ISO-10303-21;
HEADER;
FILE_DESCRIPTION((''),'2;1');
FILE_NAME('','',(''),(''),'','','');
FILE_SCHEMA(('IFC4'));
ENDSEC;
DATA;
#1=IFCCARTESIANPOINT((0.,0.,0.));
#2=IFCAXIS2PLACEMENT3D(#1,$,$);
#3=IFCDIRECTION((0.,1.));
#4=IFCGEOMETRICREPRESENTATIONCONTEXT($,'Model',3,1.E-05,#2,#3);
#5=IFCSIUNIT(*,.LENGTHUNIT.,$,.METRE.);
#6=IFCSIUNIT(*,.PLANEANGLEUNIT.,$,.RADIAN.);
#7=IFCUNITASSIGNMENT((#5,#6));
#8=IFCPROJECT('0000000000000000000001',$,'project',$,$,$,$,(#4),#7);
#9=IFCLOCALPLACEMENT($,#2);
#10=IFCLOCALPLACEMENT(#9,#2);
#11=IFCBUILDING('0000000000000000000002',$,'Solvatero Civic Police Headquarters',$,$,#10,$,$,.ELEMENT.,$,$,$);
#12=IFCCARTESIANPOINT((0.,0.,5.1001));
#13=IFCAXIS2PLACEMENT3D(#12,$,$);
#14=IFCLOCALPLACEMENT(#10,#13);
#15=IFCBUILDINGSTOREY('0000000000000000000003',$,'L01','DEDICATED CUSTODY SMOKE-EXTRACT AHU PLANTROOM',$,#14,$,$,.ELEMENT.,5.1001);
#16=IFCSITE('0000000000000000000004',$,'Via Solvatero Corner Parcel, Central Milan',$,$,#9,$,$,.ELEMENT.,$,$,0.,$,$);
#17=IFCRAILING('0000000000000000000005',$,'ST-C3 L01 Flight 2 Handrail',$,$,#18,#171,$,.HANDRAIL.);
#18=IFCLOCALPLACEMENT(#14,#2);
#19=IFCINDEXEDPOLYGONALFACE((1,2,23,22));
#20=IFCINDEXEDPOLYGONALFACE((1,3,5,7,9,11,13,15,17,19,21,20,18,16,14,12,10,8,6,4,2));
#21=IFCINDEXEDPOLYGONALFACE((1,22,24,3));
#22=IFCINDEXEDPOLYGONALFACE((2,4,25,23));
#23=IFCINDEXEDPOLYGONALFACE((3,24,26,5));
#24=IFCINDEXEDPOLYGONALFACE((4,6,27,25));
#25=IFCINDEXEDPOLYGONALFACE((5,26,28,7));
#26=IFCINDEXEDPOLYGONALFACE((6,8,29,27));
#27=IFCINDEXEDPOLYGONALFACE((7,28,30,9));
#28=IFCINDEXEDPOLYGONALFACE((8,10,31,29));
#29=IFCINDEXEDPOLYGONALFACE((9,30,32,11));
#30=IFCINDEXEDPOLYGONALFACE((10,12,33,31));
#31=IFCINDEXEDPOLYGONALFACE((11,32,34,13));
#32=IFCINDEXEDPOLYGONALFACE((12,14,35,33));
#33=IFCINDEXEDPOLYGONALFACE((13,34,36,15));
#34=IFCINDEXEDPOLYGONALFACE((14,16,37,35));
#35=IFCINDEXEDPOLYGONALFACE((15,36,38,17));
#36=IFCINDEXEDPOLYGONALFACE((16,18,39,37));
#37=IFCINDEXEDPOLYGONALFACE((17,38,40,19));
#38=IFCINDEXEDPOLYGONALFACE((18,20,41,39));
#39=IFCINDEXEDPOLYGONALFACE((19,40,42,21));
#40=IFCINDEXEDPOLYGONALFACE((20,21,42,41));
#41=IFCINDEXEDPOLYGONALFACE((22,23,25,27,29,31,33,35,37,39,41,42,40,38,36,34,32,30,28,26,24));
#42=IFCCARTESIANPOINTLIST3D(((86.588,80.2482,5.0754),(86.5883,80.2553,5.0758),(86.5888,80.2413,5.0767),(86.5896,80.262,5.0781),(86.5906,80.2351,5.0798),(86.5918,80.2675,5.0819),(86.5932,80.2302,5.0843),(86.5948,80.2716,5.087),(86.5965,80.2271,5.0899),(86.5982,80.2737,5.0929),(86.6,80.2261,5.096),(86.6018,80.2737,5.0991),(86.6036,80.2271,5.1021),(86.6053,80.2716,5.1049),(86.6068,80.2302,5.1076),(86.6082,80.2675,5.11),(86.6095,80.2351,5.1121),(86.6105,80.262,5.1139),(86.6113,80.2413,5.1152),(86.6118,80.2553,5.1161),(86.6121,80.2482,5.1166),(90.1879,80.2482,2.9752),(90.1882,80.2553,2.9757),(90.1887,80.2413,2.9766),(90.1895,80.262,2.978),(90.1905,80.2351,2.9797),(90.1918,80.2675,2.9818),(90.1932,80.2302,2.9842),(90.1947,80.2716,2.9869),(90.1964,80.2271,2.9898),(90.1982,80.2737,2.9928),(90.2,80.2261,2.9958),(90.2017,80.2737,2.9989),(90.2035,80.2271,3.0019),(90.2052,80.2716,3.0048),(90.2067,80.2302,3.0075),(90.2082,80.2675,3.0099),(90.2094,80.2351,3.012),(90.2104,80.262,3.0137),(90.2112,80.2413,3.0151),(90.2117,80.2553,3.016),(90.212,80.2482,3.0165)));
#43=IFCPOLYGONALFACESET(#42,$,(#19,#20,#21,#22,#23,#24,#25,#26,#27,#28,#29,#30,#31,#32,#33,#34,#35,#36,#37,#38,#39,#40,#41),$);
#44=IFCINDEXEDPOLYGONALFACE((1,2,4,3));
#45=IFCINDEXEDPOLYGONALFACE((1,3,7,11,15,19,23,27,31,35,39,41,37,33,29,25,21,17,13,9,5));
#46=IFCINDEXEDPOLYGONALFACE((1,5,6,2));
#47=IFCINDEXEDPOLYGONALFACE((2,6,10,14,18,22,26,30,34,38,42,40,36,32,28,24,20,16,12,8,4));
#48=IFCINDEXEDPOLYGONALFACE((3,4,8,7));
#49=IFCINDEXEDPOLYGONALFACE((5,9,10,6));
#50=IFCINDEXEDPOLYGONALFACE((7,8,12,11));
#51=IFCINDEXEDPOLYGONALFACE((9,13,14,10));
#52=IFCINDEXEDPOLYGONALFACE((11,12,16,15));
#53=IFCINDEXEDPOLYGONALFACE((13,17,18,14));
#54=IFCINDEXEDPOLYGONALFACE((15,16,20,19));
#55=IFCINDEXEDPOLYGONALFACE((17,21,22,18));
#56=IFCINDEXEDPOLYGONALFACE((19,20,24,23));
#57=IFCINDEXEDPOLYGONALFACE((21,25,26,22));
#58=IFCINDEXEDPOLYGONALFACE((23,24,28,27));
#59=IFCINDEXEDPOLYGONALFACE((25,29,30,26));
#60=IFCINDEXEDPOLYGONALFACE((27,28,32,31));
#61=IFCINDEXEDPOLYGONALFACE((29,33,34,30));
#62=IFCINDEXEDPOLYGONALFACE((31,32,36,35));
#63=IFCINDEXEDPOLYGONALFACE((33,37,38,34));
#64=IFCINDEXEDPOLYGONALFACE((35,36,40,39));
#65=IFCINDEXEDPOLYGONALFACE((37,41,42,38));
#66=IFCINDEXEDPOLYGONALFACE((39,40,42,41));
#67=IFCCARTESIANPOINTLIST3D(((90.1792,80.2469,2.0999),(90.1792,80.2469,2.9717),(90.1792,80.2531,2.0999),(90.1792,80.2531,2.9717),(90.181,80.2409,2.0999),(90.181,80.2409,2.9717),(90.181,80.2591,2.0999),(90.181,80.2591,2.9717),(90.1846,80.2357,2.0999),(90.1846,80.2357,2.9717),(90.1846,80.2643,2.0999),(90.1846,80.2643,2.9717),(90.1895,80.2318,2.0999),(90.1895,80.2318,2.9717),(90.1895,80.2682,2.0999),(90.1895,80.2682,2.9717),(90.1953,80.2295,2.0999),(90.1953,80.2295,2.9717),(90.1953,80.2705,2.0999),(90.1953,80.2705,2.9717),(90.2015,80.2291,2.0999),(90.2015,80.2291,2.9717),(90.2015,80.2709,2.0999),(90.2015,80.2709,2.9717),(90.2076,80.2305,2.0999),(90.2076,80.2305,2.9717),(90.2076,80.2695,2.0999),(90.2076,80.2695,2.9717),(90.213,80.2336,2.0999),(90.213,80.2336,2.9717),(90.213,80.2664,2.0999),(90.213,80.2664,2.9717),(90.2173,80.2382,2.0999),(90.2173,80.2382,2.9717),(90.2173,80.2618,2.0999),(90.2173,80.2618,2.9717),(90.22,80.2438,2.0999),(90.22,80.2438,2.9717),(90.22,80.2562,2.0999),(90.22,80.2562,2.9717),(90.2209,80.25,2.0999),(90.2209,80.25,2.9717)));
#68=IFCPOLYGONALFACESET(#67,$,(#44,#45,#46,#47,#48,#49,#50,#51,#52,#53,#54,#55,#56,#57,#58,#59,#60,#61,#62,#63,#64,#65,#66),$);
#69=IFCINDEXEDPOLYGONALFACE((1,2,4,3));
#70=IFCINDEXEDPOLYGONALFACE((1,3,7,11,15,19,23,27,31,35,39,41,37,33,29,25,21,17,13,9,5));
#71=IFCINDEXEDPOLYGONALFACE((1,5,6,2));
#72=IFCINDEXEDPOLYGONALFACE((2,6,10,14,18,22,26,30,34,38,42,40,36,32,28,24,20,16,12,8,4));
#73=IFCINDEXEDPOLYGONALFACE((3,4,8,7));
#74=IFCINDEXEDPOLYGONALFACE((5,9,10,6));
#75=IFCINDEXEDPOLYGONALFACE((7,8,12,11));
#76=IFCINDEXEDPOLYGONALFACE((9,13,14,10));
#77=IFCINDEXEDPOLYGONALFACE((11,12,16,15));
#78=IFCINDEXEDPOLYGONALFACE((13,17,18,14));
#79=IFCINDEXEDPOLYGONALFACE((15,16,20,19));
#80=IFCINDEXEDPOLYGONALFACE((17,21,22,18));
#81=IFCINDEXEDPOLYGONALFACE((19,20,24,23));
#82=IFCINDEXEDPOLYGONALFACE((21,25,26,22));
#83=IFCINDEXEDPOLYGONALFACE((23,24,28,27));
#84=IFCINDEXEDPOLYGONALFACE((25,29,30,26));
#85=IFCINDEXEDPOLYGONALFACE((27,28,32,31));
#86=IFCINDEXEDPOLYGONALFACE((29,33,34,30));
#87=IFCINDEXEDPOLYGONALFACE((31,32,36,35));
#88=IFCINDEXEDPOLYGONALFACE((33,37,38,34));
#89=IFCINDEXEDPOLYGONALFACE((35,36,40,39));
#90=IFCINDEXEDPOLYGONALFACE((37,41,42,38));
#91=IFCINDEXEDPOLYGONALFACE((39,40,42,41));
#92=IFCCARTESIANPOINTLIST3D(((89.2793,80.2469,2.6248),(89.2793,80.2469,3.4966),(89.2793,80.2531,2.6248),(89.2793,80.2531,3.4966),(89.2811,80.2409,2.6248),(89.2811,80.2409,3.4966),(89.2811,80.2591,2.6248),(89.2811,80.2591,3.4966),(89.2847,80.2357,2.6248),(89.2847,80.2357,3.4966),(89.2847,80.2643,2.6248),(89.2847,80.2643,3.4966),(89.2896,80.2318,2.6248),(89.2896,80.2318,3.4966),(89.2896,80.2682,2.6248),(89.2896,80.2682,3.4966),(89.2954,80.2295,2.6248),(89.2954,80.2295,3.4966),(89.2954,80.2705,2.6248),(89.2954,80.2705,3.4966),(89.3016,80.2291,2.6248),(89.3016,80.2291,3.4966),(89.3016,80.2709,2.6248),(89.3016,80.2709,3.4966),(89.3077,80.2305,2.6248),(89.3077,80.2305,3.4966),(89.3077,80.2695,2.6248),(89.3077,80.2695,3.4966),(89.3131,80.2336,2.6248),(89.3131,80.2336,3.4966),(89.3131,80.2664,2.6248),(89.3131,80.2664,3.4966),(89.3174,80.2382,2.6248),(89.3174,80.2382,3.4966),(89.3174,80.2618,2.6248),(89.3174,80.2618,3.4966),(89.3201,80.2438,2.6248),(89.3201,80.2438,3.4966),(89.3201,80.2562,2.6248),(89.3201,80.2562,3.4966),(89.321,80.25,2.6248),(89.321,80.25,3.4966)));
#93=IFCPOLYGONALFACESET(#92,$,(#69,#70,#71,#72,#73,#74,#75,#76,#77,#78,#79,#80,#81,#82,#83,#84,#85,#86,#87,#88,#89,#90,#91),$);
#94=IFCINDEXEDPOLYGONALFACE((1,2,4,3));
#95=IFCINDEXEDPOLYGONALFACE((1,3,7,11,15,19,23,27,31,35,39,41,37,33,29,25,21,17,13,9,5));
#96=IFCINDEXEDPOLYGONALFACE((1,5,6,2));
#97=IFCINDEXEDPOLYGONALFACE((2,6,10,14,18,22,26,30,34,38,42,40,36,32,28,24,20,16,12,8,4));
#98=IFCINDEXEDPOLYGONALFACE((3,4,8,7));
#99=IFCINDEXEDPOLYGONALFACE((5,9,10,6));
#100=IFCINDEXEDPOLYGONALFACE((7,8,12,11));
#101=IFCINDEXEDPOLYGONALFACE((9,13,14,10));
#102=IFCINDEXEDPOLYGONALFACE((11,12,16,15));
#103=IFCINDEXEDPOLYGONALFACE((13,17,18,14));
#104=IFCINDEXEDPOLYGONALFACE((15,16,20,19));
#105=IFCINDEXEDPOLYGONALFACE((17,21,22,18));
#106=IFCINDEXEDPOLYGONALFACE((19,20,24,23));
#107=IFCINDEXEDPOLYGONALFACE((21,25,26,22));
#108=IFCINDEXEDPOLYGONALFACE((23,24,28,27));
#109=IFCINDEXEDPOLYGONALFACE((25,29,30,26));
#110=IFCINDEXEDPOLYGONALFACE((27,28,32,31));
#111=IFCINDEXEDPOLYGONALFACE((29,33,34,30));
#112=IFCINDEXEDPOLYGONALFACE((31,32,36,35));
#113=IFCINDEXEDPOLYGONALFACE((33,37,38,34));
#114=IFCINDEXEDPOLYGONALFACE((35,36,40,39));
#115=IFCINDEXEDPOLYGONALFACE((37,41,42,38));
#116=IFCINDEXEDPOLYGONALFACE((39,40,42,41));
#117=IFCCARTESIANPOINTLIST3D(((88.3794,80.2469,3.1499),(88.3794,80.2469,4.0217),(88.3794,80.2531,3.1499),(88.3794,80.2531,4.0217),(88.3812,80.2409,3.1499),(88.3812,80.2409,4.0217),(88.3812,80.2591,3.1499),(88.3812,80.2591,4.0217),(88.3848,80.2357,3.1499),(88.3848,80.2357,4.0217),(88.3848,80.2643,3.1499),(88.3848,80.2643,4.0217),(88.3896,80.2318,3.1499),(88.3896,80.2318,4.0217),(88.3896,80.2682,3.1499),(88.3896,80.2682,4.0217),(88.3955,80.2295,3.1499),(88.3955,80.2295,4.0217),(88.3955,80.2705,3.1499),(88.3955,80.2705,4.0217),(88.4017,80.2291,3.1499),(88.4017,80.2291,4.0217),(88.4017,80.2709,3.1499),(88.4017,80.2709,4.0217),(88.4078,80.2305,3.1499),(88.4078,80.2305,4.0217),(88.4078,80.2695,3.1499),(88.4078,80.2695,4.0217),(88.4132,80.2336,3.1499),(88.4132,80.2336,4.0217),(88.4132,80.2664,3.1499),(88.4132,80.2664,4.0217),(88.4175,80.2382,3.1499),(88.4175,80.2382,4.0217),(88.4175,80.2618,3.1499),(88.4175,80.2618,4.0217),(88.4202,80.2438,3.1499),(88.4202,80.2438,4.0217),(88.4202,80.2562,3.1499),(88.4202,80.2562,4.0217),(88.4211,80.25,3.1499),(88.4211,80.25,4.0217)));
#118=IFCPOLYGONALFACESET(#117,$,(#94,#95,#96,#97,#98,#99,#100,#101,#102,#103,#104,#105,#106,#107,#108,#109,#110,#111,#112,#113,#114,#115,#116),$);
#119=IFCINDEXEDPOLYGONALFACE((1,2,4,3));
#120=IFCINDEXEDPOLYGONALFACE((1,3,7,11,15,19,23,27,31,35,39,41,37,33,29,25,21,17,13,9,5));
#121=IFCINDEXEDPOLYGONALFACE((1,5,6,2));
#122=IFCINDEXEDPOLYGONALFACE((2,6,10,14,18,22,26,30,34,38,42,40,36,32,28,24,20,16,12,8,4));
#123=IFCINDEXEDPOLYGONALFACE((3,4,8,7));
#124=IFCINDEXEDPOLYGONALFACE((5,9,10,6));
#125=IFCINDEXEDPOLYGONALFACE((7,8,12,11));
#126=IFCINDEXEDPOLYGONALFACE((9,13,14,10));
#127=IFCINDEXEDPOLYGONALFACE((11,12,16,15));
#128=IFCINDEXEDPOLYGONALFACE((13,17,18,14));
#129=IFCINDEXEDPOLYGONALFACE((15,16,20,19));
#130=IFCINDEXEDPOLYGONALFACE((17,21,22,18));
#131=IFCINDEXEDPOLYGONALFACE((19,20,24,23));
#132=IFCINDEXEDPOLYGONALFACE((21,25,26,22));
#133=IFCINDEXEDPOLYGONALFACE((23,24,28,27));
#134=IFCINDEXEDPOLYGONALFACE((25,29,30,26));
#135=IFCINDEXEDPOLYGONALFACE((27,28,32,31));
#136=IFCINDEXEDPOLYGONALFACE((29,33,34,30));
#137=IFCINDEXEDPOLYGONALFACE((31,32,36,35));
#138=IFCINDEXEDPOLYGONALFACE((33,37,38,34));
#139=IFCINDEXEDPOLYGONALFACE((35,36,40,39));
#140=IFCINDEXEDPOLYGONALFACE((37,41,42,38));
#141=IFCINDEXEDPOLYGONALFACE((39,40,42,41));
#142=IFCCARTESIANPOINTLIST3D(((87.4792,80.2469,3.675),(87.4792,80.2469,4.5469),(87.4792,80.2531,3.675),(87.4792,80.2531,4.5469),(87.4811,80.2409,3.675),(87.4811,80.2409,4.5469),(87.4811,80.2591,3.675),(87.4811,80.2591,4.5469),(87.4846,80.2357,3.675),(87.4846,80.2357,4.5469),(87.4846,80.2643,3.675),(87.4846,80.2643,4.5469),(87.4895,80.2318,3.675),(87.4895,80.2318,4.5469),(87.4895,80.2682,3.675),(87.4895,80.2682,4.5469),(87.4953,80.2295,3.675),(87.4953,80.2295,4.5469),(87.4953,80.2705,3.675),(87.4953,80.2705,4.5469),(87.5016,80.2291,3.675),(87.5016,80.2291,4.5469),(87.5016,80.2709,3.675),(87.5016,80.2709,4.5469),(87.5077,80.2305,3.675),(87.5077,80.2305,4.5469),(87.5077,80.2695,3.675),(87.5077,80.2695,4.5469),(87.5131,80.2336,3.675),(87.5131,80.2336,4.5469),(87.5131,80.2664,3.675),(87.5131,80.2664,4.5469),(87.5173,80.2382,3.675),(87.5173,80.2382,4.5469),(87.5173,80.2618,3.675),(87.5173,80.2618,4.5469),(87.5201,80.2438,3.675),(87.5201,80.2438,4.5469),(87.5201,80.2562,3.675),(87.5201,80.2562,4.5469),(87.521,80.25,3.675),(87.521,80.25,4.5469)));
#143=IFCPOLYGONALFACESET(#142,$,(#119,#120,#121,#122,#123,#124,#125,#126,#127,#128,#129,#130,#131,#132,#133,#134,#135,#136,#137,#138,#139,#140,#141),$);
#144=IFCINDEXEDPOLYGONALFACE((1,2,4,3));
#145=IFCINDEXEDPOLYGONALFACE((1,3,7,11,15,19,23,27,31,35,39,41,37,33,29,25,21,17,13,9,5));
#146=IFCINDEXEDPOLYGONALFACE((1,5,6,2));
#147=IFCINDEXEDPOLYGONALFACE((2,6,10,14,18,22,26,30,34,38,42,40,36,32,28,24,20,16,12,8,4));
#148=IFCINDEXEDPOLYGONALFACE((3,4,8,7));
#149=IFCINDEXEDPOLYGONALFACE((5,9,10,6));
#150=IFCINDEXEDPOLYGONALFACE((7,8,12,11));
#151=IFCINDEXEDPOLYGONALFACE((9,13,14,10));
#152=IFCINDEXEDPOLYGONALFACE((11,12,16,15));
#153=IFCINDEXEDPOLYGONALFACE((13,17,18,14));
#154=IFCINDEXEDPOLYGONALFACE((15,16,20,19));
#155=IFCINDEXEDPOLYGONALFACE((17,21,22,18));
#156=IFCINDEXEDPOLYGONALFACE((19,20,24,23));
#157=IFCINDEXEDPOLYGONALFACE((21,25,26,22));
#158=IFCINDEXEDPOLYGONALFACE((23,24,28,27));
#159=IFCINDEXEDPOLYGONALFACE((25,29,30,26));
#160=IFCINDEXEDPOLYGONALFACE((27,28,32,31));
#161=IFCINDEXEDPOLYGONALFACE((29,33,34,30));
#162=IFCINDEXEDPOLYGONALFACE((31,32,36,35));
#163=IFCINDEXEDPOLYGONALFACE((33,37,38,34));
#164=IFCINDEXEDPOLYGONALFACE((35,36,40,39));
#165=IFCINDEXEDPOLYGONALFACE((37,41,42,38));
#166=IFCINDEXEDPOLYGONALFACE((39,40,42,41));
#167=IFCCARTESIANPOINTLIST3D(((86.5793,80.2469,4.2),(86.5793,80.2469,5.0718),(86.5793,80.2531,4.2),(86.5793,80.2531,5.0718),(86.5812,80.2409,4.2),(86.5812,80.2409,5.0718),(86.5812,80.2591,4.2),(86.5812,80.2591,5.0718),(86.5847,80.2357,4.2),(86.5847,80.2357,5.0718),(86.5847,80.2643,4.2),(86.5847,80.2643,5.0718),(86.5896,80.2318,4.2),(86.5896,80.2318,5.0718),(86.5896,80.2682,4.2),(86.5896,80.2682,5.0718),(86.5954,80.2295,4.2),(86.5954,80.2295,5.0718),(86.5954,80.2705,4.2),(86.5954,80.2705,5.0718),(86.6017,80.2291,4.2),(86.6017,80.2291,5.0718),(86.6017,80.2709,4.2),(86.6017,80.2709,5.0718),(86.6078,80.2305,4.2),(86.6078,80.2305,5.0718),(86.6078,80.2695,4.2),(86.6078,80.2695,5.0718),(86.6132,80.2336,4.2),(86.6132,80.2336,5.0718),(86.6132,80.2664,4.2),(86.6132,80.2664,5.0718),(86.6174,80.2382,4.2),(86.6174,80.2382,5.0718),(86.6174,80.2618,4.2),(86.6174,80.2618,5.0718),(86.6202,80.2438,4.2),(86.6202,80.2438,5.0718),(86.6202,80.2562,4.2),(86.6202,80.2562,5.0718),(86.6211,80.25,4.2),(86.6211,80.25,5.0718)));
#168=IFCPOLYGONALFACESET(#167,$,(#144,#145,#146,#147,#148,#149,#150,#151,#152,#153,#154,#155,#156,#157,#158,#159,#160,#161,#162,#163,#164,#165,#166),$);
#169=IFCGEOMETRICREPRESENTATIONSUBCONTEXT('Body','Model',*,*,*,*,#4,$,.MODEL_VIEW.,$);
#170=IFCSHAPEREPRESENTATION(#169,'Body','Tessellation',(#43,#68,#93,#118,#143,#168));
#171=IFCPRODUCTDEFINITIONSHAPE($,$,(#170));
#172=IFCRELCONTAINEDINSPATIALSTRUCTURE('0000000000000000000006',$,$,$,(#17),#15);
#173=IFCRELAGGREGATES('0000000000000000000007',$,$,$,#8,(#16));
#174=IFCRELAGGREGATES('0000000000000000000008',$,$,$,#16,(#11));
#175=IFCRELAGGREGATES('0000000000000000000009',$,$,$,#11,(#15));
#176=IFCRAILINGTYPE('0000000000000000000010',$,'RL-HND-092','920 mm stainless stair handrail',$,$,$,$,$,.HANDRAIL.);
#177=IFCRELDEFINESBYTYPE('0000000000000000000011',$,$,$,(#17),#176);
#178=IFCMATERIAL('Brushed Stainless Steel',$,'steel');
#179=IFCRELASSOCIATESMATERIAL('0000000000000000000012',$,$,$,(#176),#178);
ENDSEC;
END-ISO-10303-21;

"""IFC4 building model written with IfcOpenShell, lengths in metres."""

from ifc_helpers import new_model, si_unit, direction, frame, origin, origin_2d, place, context, subcontext, project, spatial, circle, extrude, material, type_object, element, save


model = new_model("IFC4")

# Units and contexts
model_context = context("Model", 3, precision=1e-05, world=origin(), true_north=direction((0.0, 1.0)))
body_context = subcontext(model_context, "Body", "Model", "MODEL_VIEW")
ifc_project = project(units=[si_unit("LENGTHUNIT", "METRE"), si_unit("PLANEANGLEUNIT", "RADIAN")], contexts=[model_context])

# Site, building, storey
site_placement = place(None, origin())
site = spatial("IfcSite", under=ifc_project, at=site_placement, Name="Via Solvatero Corner Parcel, Central Milan", CompositionType="ELEMENT", RefElevation=0.0)
building_placement = place(site_placement, origin())
building = spatial("IfcBuilding", under=site, at=building_placement, Name="Solvatero Civic Police Headquarters", CompositionType="ELEMENT")
storey_placement = place(building_placement, frame((0.0, 0.0, 5.1001)))
storey = spatial("IfcBuildingStorey", under=building, at=storey_placement, Name="L01", Description="DEDICATED CUSTODY SMOKE-EXTRACT AHU PLANTROOM", CompositionType="ELEMENT", Elevation=5.1001)

# Railing
ifc_material_1 = material(Name="Brushed Stainless Steel", Category="steel")
railing_type_1 = type_object("IfcRailingType", Name="RL-HND-092", Description="920 mm stainless stair handrail", PredefinedType="HANDRAIL", material=ifc_material_1)
railing_1_placement = place(storey_placement, frame((90.2, 80.25, 2.0999)))
element("IfcRailing", 1, at=railing_1_placement, inside=storey, type_object=railing_type_1, Name="ST-C3 L01 Flight 2 Handrail", PredefinedType="HANDRAIL", context=body_context, shape_type="SweptSolid", body=[
    extrude(circle(Radius=0.0239, at=origin_2d()), frame((0.0, 0.0, 0.896), z_axis=(-0.86376, 0.0, 0.503904), x_axis=(0.0, -1.0, 0.0)), (0.0, 0.0, 1.0), 4.1677),
    extrude(circle(Radius=0.021, at=origin_2d()), origin(), (0.0, 0.0, 1.0), 0.8718),
    extrude(circle(Radius=0.021, at=origin_2d()), frame((-0.8999, 0.0, 0.5249)), (0.0, 0.0, 1.0), 0.8718),
    extrude(circle(Radius=0.021, at=origin_2d()), frame((-1.7998, 0.0, 1.05)), (0.0, 0.0, 1.0), 0.8718),
    extrude(circle(Radius=0.021, at=origin_2d()), frame((-2.7, 0.0, 1.5752)), (0.0, 0.0, 1.0), 0.8718),
    extrude(circle(Radius=0.021, at=origin_2d()), frame((-3.5999, 0.0, 2.1001)), (0.0, 0.0, 1.0), 0.8718),
])

save(model, "model.ifc")
